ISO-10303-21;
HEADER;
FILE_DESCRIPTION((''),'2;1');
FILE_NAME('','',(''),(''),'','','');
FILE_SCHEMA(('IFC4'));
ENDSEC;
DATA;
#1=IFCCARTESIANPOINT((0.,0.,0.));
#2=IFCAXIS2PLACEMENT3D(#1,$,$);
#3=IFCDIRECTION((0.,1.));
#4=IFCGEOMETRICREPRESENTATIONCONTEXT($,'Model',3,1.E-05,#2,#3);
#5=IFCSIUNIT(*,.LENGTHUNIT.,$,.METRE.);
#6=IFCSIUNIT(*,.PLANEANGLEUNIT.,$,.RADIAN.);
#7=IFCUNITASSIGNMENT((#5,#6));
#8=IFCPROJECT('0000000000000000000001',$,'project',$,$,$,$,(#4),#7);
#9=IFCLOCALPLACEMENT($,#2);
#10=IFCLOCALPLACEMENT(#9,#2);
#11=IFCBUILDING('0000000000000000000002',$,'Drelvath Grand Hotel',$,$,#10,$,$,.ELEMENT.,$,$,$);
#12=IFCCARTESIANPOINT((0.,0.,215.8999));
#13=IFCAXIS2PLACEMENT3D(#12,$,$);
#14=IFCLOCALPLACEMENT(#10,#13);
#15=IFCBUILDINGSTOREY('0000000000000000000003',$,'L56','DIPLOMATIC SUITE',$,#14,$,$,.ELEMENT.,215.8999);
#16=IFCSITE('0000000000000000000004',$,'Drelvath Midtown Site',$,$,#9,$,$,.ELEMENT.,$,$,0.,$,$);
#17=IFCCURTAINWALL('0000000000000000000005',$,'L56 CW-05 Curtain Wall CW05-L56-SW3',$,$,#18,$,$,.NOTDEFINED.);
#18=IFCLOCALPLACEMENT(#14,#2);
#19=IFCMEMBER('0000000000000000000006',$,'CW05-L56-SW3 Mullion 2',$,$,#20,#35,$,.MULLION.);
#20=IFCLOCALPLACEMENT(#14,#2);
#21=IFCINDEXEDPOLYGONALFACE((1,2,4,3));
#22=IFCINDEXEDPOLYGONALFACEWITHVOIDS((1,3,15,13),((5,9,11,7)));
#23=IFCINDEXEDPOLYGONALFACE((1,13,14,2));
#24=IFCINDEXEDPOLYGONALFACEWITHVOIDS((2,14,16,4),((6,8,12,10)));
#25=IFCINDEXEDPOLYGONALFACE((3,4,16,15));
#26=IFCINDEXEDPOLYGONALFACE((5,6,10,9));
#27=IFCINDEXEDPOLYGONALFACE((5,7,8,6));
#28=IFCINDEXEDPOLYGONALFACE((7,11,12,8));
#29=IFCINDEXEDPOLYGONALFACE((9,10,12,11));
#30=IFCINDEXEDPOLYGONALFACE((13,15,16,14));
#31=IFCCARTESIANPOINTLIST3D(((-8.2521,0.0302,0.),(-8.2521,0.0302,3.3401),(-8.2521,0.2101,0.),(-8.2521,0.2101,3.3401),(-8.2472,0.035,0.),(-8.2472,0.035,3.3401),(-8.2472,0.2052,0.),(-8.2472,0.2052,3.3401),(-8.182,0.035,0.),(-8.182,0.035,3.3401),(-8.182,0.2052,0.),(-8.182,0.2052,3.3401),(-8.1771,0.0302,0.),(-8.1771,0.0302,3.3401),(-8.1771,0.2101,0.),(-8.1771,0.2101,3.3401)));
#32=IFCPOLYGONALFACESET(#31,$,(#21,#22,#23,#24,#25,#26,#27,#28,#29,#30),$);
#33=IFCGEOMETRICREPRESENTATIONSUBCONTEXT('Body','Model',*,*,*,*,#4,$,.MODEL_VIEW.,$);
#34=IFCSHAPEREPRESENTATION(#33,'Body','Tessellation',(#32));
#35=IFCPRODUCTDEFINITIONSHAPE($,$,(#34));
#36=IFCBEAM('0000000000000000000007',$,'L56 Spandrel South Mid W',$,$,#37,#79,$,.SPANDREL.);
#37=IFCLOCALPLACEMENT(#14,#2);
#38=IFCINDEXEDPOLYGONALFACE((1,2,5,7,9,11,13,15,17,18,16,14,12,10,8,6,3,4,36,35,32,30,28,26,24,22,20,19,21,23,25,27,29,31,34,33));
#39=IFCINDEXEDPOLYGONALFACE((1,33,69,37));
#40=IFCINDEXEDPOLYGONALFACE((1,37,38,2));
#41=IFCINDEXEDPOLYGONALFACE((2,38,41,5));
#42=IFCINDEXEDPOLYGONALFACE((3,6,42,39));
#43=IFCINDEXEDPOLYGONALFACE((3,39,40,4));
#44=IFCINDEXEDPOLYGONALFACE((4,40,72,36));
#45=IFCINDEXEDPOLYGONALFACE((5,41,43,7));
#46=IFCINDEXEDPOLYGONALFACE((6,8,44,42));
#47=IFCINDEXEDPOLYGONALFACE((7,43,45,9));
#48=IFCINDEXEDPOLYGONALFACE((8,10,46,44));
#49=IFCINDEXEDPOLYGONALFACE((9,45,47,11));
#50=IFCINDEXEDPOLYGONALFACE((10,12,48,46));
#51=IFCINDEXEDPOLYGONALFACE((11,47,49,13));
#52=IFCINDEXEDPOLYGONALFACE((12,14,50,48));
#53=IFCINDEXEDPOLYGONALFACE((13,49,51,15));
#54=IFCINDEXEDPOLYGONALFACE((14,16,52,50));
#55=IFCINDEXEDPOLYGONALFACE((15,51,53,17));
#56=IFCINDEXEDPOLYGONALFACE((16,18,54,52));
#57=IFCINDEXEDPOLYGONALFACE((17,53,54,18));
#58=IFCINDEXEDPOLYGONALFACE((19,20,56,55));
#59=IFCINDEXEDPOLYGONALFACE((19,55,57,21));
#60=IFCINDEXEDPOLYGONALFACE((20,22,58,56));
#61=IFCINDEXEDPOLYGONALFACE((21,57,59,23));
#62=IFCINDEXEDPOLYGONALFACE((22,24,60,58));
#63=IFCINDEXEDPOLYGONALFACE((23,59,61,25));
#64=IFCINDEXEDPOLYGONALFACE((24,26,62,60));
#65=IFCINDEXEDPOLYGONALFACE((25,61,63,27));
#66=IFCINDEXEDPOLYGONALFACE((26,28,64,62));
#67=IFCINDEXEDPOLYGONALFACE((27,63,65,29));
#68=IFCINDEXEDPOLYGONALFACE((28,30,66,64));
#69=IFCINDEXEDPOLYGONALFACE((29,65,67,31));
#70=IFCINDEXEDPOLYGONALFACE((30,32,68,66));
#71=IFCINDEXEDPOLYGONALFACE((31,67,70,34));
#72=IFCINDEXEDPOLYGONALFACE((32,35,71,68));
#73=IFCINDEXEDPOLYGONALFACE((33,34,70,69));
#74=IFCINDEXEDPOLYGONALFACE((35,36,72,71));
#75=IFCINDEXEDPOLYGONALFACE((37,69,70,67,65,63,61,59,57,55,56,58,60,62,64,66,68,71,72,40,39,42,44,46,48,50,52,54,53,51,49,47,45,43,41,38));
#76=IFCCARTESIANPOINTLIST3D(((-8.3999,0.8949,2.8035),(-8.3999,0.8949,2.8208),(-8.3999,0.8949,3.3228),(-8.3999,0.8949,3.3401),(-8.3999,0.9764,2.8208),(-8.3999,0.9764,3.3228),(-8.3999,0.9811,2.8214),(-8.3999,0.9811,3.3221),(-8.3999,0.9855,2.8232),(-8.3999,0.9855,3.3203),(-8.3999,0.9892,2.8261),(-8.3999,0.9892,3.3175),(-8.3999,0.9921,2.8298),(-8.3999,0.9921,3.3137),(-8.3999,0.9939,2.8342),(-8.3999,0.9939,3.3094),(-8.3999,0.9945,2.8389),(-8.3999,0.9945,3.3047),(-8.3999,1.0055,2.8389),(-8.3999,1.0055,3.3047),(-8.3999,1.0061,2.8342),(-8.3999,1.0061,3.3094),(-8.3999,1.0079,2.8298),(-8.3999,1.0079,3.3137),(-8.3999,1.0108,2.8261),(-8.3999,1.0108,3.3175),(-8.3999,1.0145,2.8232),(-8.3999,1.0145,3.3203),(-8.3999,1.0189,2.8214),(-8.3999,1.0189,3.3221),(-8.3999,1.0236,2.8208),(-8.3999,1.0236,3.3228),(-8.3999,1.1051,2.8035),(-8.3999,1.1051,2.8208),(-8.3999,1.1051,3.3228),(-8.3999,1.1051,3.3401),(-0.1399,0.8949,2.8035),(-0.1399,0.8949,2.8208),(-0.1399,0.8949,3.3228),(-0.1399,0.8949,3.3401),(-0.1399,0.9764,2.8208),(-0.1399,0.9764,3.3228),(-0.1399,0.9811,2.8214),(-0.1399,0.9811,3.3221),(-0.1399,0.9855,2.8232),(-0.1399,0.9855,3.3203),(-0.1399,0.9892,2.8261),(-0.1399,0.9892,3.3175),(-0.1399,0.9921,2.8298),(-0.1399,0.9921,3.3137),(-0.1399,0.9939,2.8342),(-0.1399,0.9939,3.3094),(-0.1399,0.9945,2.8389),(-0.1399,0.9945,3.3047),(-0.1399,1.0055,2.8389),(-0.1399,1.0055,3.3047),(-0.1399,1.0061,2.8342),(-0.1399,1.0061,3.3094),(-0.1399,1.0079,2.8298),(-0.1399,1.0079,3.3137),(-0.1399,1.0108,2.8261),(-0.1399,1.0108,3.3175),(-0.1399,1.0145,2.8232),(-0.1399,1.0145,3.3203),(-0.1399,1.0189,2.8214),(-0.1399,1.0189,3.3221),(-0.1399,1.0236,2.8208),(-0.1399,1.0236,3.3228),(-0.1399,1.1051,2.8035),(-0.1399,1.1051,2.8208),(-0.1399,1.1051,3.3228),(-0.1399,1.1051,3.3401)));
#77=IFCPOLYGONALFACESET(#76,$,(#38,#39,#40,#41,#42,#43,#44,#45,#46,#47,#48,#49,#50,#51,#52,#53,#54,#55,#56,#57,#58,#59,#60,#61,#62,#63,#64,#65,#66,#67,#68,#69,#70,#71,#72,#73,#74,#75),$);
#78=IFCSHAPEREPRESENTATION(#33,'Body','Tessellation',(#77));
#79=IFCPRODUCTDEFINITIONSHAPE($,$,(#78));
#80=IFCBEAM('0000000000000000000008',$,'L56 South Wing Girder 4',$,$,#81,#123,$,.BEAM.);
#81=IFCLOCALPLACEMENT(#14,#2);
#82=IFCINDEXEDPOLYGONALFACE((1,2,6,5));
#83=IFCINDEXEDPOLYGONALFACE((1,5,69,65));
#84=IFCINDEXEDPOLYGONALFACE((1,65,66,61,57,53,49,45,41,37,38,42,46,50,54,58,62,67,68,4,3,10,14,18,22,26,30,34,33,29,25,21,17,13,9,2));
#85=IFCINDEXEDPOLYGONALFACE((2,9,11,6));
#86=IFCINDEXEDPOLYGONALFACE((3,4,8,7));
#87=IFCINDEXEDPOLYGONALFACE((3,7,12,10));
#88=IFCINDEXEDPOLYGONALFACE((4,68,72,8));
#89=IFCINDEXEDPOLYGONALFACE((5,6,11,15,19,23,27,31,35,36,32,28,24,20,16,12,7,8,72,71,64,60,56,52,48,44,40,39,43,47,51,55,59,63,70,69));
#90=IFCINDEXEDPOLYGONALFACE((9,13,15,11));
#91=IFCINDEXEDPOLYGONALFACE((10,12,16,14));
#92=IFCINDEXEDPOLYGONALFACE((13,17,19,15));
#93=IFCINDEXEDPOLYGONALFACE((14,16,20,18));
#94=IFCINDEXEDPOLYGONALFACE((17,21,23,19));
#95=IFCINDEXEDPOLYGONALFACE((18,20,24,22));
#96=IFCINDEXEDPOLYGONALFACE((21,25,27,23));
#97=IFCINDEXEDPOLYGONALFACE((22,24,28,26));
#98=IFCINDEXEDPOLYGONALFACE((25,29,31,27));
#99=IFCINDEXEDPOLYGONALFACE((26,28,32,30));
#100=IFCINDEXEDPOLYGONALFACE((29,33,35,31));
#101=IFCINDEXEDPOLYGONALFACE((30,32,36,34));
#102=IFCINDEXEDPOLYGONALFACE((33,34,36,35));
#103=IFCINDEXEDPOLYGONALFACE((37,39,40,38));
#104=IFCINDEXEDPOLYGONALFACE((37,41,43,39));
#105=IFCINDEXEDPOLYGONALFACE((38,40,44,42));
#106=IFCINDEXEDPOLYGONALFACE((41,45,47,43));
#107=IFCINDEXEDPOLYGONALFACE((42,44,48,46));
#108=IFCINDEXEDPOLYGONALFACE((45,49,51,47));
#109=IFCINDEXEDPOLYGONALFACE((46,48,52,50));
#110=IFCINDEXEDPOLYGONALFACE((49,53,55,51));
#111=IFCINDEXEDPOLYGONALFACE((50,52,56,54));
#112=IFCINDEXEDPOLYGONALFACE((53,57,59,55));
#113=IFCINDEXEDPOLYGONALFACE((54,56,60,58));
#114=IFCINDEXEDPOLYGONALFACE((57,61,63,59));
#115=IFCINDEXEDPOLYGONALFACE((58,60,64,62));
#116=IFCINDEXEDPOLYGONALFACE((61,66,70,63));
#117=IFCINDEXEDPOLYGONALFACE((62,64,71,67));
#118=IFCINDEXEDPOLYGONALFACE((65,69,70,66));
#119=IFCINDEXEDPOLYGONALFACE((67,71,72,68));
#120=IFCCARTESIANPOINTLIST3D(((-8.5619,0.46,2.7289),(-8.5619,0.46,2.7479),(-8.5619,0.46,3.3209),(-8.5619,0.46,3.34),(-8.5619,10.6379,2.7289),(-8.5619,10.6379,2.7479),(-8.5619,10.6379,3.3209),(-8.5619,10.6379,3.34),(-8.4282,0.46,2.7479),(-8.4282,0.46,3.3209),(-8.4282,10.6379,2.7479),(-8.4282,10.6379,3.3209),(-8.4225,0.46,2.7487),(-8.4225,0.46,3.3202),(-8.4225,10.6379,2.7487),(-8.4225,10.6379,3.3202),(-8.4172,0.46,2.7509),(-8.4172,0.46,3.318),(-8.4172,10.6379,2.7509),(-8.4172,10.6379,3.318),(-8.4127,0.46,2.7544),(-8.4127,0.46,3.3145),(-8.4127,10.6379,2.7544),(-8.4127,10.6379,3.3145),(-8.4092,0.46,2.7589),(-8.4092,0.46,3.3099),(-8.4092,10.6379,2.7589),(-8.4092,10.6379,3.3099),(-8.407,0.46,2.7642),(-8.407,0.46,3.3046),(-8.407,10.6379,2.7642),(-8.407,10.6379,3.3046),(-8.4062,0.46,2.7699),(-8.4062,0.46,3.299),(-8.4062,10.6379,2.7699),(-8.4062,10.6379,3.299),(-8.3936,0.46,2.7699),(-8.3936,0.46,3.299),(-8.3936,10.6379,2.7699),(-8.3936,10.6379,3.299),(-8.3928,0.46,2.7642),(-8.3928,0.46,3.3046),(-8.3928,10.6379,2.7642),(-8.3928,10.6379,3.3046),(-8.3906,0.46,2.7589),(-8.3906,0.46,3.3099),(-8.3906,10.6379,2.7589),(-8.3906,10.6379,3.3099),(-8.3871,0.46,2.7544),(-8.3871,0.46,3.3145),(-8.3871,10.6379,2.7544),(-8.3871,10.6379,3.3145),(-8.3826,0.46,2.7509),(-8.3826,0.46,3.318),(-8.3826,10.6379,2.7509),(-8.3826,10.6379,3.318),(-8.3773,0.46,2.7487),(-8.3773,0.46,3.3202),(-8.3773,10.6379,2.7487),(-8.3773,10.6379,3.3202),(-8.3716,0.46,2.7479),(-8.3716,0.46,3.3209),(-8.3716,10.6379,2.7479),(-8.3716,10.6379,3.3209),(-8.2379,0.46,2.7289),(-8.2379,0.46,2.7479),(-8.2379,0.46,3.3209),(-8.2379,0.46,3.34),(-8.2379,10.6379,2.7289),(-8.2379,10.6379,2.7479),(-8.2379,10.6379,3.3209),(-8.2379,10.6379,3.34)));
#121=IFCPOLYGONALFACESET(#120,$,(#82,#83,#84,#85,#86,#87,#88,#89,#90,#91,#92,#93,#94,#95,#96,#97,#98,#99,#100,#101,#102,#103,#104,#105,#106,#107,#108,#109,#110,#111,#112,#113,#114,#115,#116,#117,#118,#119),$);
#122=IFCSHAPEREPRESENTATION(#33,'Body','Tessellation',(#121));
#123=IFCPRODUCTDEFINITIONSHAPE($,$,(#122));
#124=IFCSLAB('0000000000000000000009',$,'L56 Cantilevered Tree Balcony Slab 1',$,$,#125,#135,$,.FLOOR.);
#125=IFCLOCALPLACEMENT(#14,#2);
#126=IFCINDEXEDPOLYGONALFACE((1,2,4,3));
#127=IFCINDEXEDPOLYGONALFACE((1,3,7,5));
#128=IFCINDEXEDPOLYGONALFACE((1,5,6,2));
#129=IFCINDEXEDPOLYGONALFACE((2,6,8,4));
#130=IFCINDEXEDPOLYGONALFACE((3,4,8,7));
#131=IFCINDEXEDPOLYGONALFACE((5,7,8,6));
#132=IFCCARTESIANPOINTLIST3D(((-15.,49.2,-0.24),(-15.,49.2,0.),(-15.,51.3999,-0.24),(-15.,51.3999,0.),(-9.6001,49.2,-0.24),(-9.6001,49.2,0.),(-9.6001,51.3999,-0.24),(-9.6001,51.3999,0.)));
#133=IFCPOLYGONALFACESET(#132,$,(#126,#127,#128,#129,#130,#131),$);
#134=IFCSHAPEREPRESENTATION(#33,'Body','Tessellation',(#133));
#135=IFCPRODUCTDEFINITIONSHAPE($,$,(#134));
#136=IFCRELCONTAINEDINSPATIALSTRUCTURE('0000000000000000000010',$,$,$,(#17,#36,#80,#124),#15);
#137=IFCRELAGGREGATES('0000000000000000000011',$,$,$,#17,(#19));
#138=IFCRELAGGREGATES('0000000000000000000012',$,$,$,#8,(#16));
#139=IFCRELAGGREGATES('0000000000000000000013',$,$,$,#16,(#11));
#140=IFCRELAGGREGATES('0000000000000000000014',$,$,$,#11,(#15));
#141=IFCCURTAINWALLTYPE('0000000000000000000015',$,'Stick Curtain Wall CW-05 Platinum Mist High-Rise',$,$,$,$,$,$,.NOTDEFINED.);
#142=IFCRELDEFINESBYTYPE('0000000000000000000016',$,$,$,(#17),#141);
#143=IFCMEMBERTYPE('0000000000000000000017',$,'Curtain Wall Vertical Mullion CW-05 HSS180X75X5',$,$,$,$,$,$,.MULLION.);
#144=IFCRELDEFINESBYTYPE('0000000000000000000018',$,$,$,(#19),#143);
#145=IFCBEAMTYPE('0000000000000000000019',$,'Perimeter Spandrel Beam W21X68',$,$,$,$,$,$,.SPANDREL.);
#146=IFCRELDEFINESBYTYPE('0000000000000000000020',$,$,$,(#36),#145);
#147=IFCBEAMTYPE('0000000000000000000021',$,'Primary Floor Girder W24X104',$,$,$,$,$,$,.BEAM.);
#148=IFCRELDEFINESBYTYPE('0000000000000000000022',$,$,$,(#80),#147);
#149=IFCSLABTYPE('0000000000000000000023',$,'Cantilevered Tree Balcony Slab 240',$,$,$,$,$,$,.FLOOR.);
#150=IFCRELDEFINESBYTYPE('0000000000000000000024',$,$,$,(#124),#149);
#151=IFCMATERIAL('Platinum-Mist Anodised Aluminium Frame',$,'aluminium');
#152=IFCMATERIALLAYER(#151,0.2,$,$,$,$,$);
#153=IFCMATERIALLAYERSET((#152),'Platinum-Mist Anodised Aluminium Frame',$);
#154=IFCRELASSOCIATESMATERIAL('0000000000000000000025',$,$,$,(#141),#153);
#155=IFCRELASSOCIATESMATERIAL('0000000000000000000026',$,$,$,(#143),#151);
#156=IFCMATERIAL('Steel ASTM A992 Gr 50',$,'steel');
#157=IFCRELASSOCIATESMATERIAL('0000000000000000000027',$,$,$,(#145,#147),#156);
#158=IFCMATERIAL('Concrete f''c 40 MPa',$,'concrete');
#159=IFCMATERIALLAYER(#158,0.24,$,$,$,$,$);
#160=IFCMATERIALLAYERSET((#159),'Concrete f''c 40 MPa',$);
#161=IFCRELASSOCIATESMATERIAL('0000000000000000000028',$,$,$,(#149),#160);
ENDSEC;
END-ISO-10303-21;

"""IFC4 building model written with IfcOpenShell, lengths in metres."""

from ifc_helpers import new_model, si_unit, direction, frame, origin, origin_2d, place, context, subcontext, project, spatial, polyline, hollow_rectangle, i_section, outline, extrude, material, layer, layer_set, material_profile, profile_set, type_object, element, aggregate, save


model = new_model("IFC4")

# Units and contexts
model_context = context("Model", 3, precision=1e-05, world=origin(), true_north=direction((0.0, 1.0)))
body_context = subcontext(model_context, "Body", "Model", "MODEL_VIEW")
ifc_project = project(units=[si_unit("LENGTHUNIT", "METRE"), si_unit("PLANEANGLEUNIT", "RADIAN")], contexts=[model_context])

# Site, building, storey
site_placement = place(None, origin())
site = spatial("IfcSite", under=ifc_project, at=site_placement, Name="Drelvath Midtown Site", CompositionType="ELEMENT", RefElevation=0.0)
building_placement = place(site_placement, origin())
building = spatial("IfcBuilding", under=site, at=building_placement, Name="Drelvath Grand Hotel", CompositionType="ELEMENT")
storey_placement = place(building_placement, frame((0.0, 0.0, 215.8999)))
storey = spatial("IfcBuildingStorey", under=building, at=storey_placement, Name="L56", Description="DIPLOMATIC SUITE", CompositionType="ELEMENT", Elevation=215.8999)

# Curtain wall
ifc_material_1 = material(Name="Platinum-Mist Anodised Aluminium Frame", Category="aluminium")
ifc_layer_1 = layer(ifc_material_1, 0.2)
ifc_layer_set_1 = layer_set([ifc_layer_1], Name="Platinum-Mist Anodised Aluminium Frame")
curtain_wall_type = type_object("IfcCurtainWallType", Name="Stick Curtain Wall CW-05 Platinum Mist High-Rise", PredefinedType="NOTDEFINED", material=ifc_layer_set_1)
curtain_wall_1_placement = place(storey_placement, origin())
curtain_wall_1 = element("IfcCurtainWall", 1, at=curtain_wall_1_placement, inside=storey, type_object=curtain_wall_type, Name="L56 CW-05 Curtain Wall CW05-L56-SW3", PredefinedType="NOTDEFINED")

# Member
ifc_material_profile_1 = material_profile(ifc_material_1, hollow_rectangle(XDim=0.075, YDim=0.1799, WallThickness=0.0049, at=origin_2d()), Name="HSS180X75X5")
ifc_profile_set_1 = profile_set([ifc_material_profile_1], Name="Platinum-Mist Anodised Aluminium Frame")
member_type_1 = type_object("IfcMemberType", Name="Curtain Wall Vertical Mullion CW-05 HSS180X75X5", PredefinedType="MULLION", material=ifc_profile_set_1)
member_1_placement = place(storey_placement, frame((-8.2146, 0.1201, 0.0), z_axis=(0.0, 0.0, 1.0), x_axis=(1.0, 0.0, 0.0)))
member_1 = element("IfcMember", 2, at=member_1_placement, type_object=member_type_1, Name="CW05-L56-SW3 Mullion 2", PredefinedType="MULLION", context=body_context, shape_type="SweptSolid", body=[
    extrude(hollow_rectangle(XDim=0.075, YDim=0.1799, WallThickness=0.0049, at=origin_2d()), origin(), (0.0, 0.0, 1.0), 3.3401),
])

# Beams
ifc_material_2 = material(Name="Steel ASTM A992 Gr 50", Category="steel")
ifc_material_profile_2 = material_profile(ifc_material_2, i_section(OverallWidth=0.2102, OverallDepth=0.5366, WebThickness=0.011, FlangeThickness=0.0173, FilletRadius=0.0181, at=origin_2d()), Name="W21X68")
ifc_profile_set_2 = profile_set([ifc_material_profile_2], Name="Steel ASTM A992 Gr 50")
beam_type_1 = type_object("IfcBeamType", Name="Perimeter Spandrel Beam W21X68", PredefinedType="SPANDREL", material=ifc_profile_set_2)
beam_1_placement = place(storey_placement, frame((-8.3999, 1.0, 3.0718), z_axis=(1.0, 0.0, 0.0), x_axis=(0.0, 1.0, 0.0)))
element("IfcBeam", 3, at=beam_1_placement, inside=storey, type_object=beam_type_1, Name="L56 Spandrel South Mid W", PredefinedType="SPANDREL", context=body_context, shape_type="SweptSolid", body=[
    extrude(i_section(OverallWidth=0.2102, OverallDepth=0.5366, WebThickness=0.011, FlangeThickness=0.0173, FilletRadius=0.0181, at=origin_2d()), origin(), (0.0, 0.0, 1.0), 8.26),
])
ifc_material_profile_3 = material_profile(ifc_material_2, i_section(OverallWidth=0.324, OverallDepth=0.6111, WebThickness=0.0127, FlangeThickness=0.019, FilletRadius=0.022, at=origin_2d()), Name="W24X104")
ifc_profile_set_3 = profile_set([ifc_material_profile_3], Name="Steel ASTM A992 Gr 50")
beam_type_2 = type_object("IfcBeamType", Name="Primary Floor Girder W24X104", PredefinedType="BEAM", material=ifc_profile_set_3)
beam_2_placement = place(storey_placement, frame((-8.3999, 0.46, 3.0344), z_axis=(0.0, 1.0, 0.0), x_axis=(-1.0, 0.0, 0.0)))
element("IfcBeam", 4, at=beam_2_placement, inside=storey, type_object=beam_type_2, Name="L56 South Wing Girder 4", PredefinedType="BEAM", context=body_context, shape_type="SweptSolid", body=[
    extrude(i_section(OverallWidth=0.324, OverallDepth=0.6111, WebThickness=0.0127, FlangeThickness=0.019, FilletRadius=0.022, at=origin_2d()), origin(), (0.0, 0.0, 1.0), 10.178),
])

# Slab
ifc_material_3 = material(Name="Concrete f'c 40 MPa", Category="concrete")
ifc_layer_2 = layer(ifc_material_3, 0.24)
ifc_layer_set_2 = layer_set([ifc_layer_2], Name="Concrete f'c 40 MPa")
slab_type_1 = type_object("IfcSlabType", Name="Cantilevered Tree Balcony Slab 240", PredefinedType="FLOOR", material=ifc_layer_set_2)
slab_1_placement = place(storey_placement, frame((0.0, 0.0, -0.24)))
element("IfcSlab", 5, at=slab_1_placement, inside=storey, type_object=slab_type_1, Name="L56 Cantilevered Tree Balcony Slab 1", PredefinedType="FLOOR", context=body_context, shape_type="SweptSolid", body=[
    extrude(outline(polyline([(-15.0, 49.2), (-9.6001, 49.2), (-9.6001, 51.3999), (-15.0, 51.3999), (-15.0, 49.2)])), origin(), (0.0, 0.0, 1.0), 0.24),
])

aggregate(curtain_wall_1, [member_1])

save(model, "model.ifc")
